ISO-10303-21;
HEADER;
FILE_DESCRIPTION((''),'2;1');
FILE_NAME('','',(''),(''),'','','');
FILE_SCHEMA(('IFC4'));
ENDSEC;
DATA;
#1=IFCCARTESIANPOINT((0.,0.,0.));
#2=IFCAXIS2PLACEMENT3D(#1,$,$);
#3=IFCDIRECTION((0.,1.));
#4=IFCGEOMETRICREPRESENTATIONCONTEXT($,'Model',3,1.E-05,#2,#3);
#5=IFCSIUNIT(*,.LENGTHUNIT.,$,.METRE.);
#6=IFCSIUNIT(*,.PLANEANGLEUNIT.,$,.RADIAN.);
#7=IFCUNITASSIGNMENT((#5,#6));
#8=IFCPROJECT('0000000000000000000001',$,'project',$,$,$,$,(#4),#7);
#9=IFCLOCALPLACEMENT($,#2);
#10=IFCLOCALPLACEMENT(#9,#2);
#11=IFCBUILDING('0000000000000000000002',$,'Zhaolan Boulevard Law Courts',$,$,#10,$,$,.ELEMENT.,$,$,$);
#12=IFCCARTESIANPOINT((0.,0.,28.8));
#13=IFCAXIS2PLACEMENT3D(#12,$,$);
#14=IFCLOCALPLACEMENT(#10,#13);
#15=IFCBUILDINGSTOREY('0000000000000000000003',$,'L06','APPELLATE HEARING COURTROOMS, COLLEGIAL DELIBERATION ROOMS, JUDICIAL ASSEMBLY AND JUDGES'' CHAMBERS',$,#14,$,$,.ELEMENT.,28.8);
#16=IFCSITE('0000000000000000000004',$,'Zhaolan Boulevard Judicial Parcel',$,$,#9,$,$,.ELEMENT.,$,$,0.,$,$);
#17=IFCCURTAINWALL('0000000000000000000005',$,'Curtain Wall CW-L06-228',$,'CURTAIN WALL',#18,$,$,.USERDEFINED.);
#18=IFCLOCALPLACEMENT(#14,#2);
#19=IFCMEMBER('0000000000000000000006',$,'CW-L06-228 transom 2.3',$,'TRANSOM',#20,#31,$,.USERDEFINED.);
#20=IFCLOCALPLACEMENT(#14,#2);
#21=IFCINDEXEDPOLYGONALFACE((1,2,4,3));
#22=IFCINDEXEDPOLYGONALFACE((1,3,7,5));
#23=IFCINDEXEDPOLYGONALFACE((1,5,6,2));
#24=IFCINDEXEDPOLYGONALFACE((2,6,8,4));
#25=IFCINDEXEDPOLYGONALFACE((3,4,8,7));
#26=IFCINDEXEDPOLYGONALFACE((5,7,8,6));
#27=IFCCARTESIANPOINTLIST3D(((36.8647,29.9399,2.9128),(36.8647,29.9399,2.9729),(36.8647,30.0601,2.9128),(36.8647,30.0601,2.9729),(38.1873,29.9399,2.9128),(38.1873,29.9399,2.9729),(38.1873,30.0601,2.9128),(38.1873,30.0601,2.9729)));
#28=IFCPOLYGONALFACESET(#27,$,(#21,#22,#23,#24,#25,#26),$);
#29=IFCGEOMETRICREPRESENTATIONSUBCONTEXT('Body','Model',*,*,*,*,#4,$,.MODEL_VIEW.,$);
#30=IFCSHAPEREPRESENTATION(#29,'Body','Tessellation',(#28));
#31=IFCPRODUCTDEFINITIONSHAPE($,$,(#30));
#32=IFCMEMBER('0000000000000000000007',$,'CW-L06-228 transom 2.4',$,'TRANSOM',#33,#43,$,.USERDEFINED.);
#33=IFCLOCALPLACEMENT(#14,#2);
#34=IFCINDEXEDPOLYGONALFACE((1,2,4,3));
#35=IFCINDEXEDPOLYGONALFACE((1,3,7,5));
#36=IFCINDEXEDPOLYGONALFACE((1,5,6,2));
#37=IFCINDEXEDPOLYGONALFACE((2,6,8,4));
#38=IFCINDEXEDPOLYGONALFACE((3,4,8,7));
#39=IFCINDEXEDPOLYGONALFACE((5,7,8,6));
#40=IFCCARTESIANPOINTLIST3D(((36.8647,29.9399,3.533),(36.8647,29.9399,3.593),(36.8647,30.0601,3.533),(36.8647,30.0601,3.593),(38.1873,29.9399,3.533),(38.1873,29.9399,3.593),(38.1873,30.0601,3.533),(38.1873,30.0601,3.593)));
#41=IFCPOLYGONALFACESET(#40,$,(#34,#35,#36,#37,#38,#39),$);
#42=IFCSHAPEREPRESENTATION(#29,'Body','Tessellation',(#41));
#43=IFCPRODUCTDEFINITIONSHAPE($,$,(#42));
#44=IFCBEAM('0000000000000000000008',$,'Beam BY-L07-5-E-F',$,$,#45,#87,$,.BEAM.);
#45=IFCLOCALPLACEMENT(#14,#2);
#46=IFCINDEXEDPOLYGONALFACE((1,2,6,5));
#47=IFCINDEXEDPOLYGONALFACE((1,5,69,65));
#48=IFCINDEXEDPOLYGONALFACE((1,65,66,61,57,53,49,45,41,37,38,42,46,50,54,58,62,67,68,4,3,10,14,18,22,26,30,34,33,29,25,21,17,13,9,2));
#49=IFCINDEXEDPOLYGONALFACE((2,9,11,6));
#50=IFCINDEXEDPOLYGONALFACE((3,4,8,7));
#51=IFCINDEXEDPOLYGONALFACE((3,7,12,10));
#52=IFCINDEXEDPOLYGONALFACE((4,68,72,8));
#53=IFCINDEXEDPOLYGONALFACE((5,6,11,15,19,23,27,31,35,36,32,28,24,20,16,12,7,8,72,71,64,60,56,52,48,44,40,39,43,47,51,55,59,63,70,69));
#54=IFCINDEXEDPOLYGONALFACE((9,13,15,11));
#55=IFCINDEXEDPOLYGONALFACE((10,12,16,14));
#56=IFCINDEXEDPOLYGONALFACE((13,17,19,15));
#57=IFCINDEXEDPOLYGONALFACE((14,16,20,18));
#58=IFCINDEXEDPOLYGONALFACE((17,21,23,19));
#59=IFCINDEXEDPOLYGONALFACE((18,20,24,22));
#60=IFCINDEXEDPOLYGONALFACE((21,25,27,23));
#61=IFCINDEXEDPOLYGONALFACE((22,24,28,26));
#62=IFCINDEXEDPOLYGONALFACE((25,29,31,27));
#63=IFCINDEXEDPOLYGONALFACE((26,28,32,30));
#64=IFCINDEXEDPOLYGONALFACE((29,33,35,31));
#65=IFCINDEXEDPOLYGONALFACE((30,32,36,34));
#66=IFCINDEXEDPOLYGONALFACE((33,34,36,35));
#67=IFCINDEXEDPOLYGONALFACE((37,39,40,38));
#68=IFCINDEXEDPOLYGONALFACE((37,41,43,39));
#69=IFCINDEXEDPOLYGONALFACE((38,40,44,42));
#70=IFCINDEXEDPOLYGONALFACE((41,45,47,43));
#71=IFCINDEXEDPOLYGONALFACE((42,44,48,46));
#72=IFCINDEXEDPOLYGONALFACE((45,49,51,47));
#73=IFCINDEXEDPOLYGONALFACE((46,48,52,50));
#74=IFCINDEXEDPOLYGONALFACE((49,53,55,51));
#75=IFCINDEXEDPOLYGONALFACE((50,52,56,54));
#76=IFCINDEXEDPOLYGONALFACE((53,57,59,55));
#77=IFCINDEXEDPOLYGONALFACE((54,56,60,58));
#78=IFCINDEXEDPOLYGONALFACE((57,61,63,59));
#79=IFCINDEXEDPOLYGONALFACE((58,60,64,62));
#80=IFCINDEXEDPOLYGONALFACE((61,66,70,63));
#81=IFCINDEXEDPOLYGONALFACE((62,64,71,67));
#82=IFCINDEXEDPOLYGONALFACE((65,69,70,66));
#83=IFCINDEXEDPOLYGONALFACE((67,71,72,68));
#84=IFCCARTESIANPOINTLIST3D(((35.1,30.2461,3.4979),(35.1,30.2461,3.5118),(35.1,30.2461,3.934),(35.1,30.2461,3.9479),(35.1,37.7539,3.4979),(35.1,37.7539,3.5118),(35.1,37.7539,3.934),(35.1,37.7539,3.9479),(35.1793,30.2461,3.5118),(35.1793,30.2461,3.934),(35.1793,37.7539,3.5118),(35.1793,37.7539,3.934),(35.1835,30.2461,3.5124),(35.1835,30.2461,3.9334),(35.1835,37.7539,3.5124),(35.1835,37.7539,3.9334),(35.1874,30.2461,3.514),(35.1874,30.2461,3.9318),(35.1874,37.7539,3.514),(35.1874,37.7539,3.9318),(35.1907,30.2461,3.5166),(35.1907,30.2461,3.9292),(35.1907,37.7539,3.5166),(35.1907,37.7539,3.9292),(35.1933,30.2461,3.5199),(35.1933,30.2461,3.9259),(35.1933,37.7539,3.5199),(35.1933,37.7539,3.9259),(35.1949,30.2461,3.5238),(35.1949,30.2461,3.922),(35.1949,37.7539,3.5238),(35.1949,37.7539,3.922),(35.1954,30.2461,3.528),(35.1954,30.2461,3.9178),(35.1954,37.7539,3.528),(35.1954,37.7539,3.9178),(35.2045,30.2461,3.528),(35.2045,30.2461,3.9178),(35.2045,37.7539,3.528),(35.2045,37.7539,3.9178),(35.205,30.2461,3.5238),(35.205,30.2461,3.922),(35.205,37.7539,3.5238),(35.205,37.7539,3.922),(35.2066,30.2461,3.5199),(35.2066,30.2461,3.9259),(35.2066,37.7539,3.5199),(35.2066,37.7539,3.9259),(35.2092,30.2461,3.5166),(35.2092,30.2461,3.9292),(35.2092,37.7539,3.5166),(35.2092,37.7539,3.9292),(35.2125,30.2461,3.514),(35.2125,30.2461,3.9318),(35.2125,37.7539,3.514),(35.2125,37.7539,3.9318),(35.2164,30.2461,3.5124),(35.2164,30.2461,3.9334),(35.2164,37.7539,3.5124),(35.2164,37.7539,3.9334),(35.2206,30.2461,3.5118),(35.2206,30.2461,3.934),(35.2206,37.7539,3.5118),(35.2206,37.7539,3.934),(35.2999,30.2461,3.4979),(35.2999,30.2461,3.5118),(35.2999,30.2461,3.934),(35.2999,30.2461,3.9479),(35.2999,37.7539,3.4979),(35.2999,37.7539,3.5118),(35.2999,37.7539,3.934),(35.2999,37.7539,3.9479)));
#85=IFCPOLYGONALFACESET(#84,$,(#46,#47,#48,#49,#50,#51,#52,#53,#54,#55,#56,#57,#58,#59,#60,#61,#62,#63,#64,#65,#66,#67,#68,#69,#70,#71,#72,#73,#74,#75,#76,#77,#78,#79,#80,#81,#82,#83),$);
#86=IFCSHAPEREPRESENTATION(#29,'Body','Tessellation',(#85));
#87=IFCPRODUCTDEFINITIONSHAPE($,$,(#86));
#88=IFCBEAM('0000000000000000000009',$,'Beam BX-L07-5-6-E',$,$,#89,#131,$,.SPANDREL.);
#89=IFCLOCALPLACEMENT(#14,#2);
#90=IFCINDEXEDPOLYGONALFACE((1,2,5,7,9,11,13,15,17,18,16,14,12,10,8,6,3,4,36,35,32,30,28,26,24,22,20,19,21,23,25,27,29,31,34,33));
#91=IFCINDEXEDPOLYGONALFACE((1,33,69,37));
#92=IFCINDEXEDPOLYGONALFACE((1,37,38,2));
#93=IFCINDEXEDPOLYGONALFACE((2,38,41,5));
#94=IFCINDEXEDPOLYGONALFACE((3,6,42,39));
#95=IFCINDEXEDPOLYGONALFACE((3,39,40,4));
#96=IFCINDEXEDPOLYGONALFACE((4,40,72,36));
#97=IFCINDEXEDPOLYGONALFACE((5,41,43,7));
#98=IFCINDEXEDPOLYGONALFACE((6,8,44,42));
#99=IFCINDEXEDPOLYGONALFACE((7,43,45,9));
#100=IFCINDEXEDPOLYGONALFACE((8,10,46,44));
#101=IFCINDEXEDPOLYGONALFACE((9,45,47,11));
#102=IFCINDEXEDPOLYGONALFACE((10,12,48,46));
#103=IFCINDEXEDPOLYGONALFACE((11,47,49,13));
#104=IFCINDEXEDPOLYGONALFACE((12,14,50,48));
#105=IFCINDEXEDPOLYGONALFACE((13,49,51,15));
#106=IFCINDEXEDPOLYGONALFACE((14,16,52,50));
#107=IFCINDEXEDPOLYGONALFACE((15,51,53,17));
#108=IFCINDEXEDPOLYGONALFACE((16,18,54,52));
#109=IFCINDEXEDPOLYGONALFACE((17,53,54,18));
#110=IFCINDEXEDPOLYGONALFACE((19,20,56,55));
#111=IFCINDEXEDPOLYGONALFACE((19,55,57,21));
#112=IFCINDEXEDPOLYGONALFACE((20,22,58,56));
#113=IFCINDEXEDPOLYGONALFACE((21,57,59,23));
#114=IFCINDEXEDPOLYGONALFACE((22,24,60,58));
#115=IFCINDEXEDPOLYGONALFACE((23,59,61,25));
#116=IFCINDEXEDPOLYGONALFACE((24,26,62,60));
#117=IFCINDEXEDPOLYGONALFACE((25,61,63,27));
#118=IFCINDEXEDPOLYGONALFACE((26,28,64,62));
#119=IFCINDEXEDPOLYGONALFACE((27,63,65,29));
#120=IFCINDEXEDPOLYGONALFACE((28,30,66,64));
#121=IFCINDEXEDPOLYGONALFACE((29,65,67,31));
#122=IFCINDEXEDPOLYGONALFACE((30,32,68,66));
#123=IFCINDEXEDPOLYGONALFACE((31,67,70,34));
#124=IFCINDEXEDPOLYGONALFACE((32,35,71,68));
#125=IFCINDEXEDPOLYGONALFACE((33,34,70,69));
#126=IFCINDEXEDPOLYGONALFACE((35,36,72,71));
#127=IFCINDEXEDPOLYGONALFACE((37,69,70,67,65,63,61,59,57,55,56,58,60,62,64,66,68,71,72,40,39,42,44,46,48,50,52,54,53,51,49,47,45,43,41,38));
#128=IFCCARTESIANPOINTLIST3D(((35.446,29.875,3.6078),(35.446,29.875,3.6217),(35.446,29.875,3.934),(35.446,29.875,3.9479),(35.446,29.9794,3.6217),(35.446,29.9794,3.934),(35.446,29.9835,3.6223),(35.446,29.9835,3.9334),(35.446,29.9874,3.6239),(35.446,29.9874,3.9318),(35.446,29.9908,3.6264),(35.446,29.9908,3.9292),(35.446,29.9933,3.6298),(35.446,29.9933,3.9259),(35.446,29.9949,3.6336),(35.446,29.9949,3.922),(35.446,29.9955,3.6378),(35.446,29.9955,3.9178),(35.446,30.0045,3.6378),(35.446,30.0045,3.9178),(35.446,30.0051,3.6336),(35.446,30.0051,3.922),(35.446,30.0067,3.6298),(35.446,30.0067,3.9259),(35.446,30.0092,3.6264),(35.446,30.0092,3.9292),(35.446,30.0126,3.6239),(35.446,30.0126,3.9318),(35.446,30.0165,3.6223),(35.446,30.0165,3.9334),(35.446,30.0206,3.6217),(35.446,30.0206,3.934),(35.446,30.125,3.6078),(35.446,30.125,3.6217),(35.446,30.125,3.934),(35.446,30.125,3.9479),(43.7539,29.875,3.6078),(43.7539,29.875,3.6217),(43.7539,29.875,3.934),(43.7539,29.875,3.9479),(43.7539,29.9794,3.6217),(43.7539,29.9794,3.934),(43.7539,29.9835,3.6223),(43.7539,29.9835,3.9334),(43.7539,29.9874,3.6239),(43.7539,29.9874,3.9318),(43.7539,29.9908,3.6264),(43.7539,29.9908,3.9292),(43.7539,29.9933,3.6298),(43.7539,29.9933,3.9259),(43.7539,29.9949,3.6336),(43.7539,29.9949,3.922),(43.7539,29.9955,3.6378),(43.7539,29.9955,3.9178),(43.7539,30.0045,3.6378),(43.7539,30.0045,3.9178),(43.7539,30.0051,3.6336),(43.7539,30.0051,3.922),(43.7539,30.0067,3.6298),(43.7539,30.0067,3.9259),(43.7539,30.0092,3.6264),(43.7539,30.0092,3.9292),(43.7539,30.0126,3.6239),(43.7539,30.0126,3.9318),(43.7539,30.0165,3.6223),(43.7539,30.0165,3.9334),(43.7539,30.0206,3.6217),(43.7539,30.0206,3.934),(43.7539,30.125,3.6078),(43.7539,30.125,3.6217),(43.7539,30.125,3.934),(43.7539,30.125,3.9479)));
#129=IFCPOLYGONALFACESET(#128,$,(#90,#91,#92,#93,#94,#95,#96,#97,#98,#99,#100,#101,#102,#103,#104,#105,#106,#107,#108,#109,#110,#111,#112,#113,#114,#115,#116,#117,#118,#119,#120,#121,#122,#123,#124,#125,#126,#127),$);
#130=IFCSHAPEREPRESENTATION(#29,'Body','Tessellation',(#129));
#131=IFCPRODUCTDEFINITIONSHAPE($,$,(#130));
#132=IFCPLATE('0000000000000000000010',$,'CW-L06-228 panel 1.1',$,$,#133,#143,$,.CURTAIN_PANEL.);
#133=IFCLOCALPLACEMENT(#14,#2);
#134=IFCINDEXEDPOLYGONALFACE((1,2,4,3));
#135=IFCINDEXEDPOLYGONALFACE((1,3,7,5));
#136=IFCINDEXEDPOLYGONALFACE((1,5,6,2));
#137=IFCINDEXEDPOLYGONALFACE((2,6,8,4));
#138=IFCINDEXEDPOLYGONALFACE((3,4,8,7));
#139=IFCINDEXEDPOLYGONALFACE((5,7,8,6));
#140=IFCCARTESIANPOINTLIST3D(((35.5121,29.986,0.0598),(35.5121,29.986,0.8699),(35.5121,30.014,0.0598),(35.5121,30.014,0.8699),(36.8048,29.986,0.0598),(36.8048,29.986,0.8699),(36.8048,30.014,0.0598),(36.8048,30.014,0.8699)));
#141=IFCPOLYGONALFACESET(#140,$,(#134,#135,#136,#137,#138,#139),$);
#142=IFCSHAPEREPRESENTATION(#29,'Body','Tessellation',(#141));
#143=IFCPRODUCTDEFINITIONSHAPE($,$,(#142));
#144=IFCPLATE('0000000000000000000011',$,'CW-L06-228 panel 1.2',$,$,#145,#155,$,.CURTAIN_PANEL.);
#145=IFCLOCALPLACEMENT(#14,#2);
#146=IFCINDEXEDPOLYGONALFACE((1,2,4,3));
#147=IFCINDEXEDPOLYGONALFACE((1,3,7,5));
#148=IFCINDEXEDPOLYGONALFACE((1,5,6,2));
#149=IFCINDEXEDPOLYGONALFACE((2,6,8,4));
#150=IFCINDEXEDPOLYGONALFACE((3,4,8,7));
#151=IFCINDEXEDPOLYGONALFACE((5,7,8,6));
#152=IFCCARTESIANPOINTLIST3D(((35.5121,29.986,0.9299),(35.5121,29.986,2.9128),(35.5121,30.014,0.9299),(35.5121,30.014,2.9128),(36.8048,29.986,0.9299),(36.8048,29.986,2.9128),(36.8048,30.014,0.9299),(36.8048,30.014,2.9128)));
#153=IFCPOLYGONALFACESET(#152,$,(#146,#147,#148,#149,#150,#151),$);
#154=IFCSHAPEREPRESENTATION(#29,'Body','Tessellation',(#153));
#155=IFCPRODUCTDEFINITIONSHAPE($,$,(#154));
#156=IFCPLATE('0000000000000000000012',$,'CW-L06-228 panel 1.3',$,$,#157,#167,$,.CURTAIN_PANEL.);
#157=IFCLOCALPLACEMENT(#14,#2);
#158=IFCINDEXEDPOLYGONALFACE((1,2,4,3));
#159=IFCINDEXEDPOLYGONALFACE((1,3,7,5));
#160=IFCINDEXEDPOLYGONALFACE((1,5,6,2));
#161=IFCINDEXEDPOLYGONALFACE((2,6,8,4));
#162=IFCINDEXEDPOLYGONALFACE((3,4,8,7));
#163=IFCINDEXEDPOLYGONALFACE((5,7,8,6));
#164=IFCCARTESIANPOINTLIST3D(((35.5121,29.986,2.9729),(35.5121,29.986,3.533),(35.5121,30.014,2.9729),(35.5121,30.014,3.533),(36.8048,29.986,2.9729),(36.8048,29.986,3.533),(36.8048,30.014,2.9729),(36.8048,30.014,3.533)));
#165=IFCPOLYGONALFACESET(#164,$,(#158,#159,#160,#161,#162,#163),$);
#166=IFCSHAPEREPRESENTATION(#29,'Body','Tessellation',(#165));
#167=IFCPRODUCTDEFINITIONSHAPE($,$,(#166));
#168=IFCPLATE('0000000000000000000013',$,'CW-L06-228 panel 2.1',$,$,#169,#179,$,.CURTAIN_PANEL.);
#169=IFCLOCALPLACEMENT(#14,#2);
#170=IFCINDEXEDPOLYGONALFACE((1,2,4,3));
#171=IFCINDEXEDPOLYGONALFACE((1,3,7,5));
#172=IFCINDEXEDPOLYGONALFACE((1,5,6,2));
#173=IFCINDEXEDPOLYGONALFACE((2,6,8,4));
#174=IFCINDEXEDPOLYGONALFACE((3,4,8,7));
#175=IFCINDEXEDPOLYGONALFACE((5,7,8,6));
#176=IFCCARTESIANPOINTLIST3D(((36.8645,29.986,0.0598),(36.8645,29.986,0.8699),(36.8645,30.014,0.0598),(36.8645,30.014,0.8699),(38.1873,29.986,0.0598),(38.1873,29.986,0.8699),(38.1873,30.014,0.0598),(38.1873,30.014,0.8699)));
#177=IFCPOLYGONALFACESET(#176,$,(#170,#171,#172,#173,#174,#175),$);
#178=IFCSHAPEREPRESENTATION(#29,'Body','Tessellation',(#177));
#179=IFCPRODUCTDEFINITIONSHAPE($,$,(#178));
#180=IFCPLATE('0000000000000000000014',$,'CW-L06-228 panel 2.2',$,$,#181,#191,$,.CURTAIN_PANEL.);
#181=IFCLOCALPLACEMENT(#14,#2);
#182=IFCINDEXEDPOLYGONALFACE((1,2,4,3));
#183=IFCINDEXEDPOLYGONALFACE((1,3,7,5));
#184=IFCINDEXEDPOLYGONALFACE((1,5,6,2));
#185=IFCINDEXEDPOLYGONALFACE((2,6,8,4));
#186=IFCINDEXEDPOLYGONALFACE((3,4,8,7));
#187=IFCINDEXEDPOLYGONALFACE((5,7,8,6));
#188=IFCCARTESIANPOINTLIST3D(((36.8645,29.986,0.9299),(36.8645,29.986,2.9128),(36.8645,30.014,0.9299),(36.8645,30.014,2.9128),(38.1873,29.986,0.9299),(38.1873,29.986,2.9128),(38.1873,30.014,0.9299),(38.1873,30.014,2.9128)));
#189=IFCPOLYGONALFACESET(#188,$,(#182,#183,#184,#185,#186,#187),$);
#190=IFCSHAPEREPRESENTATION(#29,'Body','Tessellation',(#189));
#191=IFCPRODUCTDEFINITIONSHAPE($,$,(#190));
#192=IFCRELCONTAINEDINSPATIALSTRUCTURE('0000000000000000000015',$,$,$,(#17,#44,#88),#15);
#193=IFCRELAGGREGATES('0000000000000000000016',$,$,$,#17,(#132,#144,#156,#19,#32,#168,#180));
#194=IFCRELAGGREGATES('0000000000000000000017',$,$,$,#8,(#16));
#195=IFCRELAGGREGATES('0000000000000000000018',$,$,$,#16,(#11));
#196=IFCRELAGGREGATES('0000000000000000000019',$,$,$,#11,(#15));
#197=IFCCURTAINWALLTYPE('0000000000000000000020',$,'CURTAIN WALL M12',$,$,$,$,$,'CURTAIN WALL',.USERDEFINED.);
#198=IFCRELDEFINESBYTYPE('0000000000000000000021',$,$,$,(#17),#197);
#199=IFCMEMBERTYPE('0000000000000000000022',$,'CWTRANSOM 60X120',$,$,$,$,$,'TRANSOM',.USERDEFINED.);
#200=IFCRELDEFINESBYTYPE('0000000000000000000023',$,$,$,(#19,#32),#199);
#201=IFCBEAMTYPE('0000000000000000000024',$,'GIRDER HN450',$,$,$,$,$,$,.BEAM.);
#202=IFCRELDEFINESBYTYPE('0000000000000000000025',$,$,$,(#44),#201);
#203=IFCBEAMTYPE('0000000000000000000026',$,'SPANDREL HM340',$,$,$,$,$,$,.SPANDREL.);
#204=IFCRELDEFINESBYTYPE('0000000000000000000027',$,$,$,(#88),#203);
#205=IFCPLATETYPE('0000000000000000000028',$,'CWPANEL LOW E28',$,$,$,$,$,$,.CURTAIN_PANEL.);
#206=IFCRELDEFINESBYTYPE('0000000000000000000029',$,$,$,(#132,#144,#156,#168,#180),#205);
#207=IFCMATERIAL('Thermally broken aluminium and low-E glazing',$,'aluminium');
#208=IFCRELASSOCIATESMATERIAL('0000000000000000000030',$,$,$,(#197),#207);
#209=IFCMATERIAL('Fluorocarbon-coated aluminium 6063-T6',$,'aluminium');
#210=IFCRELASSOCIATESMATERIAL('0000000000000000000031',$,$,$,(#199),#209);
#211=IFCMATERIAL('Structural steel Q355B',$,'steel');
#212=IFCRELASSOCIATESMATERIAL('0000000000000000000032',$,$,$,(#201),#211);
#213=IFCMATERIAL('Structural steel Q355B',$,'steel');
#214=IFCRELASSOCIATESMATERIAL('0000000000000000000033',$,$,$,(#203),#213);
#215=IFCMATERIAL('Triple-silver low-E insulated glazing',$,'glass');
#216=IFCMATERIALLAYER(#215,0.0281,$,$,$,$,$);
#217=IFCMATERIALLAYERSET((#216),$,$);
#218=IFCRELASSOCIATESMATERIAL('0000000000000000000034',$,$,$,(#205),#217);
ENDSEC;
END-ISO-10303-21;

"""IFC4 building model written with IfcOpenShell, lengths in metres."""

from ifc_helpers import new_model, si_unit, direction, frame, origin, origin_2d, place, context, subcontext, project, spatial, rectangle, i_section, extrude, material, layer, layer_set, material_profile, profile_set, type_object, element, aggregate, save


model = new_model("IFC4")

# Units and contexts
model_context = context("Model", 3, precision=1e-05, world=origin(), true_north=direction((0.0, 1.0)))
body_context = subcontext(model_context, "Body", "Model", "MODEL_VIEW")
ifc_project = project(units=[si_unit("LENGTHUNIT", "METRE"), si_unit("PLANEANGLEUNIT", "RADIAN")], contexts=[model_context])

# Site, building, storey
site_placement = place(None, origin())
site = spatial("IfcSite", under=ifc_project, at=site_placement, Name="Zhaolan Boulevard Judicial Parcel", CompositionType="ELEMENT", RefElevation=0.0)
building_placement = place(site_placement, origin())
building = spatial("IfcBuilding", under=site, at=building_placement, Name="Zhaolan Boulevard Law Courts", CompositionType="ELEMENT")
storey_placement = place(building_placement, frame((0.0, 0.0, 28.8)))
storey = spatial("IfcBuildingStorey", under=building, at=storey_placement, Name="L06", Description="APPELLATE HEARING COURTROOMS, COLLEGIAL DELIBERATION ROOMS, JUDICIAL ASSEMBLY AND JUDGES' CHAMBERS", CompositionType="ELEMENT", Elevation=28.8)

# Curtain wall, members
ifc_material_1 = material(Name="Thermally broken aluminium and low-E glazing", Category="aluminium")
curtain_wall_type_1 = type_object("IfcCurtainWallType", Name="CURTAIN WALL M12", ElementType="CURTAIN WALL", PredefinedType="USERDEFINED", material=ifc_material_1)
curtain_wall_1_placement = place(storey_placement, origin())
curtain_wall_1 = element("IfcCurtainWall", 1, at=curtain_wall_1_placement, inside=storey, type_object=curtain_wall_type_1, Name="Curtain Wall CW-L06-228", ObjectType="CURTAIN WALL", PredefinedType="USERDEFINED")
ifc_material_2 = material(Name="Fluorocarbon-coated aluminium 6063-T6", Category="aluminium")
ifc_material_profile_1 = material_profile(ifc_material_2, rectangle(XDim=0.1201, YDim=0.0601, at=origin_2d()), Name="AL60x120")
ifc_profile_set_1 = profile_set([ifc_material_profile_1], Name="Fluorocarbon-coated aluminium 6063-T6")
member_type_1 = type_object("IfcMemberType", Name="CWTRANSOM 60X120", ElementType="TRANSOM", PredefinedType="USERDEFINED", material=ifc_profile_set_1)
member_1_placement = place(storey_placement, frame((36.8647, 30.0, 2.9429), z_axis=(1.0, 0.0, 0.0), x_axis=(0.0, 1.0, 0.0)))
member_1 = element("IfcMember", 2, at=member_1_placement, type_object=member_type_1, Name="CW-L06-228 transom 2.3", ObjectType="TRANSOM", PredefinedType="USERDEFINED", context=body_context, shape_type="SweptSolid", body=[
    extrude(rectangle(XDim=0.1201, YDim=0.0601, at=origin_2d()), origin(), (0.0, 0.0, 1.0), 1.3225),
])
member_2_placement = place(storey_placement, frame((36.8647, 30.0, 3.563), z_axis=(1.0, 0.0, 0.0), x_axis=(0.0, 1.0, 0.0)))
member_2 = element("IfcMember", 3, at=member_2_placement, type_object=member_type_1, Name="CW-L06-228 transom 2.4", ObjectType="TRANSOM", PredefinedType="USERDEFINED", context=body_context, shape_type="SweptSolid", body=[
    extrude(rectangle(XDim=0.1201, YDim=0.0601, at=origin_2d()), origin(), (0.0, 0.0, 1.0), 1.3225),
])

# Beams
ifc_material_3 = material(Name="Structural steel Q355B", Category="steel")
ifc_material_profile_2 = material_profile(ifc_material_3, i_section(OverallWidth=0.2, OverallDepth=0.45, WebThickness=0.009, FlangeThickness=0.0139, FilletRadius=0.0161, at=origin_2d()), Name="HN450x200")
ifc_profile_set_2 = profile_set([ifc_material_profile_2], Name="Structural steel Q355B")
beam_type_1 = type_object("IfcBeamType", Name="GIRDER HN450", PredefinedType="BEAM", material=ifc_profile_set_2)
beam_1_placement = place(storey_placement, frame((35.2, 30.2461, 3.7229), z_axis=(0.0, 1.0, 0.0), x_axis=(-1.0, 0.0, 0.0)))
element("IfcBeam", 4, at=beam_1_placement, inside=storey, type_object=beam_type_1, Name="Beam BY-L07-5-E-F", PredefinedType="BEAM", context=body_context, shape_type="SweptSolid", body=[
    extrude(i_section(OverallWidth=0.2, OverallDepth=0.45, WebThickness=0.009, FlangeThickness=0.0139, FilletRadius=0.0161, at=origin_2d()), origin(), (0.0, 0.0, 1.0), 7.5078),
])
ifc_material_4 = material(Name="Structural steel Q355B", Category="steel")
ifc_material_profile_3 = material_profile(ifc_material_4, i_section(OverallWidth=0.25, OverallDepth=0.3401, WebThickness=0.009, FlangeThickness=0.0139, FilletRadius=0.0161, at=origin_2d()), Name="HM340x250")
ifc_profile_set_3 = profile_set([ifc_material_profile_3], Name="Structural steel Q355B")
beam_type_2 = type_object("IfcBeamType", Name="SPANDREL HM340", PredefinedType="SPANDREL", material=ifc_profile_set_3)
beam_2_placement = place(storey_placement, frame((35.446, 30.0, 3.7778), z_axis=(1.0, 0.0, 0.0), x_axis=(0.0, 1.0, 0.0)))
element("IfcBeam", 5, at=beam_2_placement, inside=storey, type_object=beam_type_2, Name="Beam BX-L07-5-6-E", PredefinedType="SPANDREL", context=body_context, shape_type="SweptSolid", body=[
    extrude(i_section(OverallWidth=0.25, OverallDepth=0.3401, WebThickness=0.009, FlangeThickness=0.0139, FilletRadius=0.0161, at=origin_2d()), origin(), (0.0, 0.0, 1.0), 8.3079),
])

# Plates
ifc_material_5 = material(Name="Triple-silver low-E insulated glazing", Category="glass")
ifc_layer_1 = layer(ifc_material_5, 0.0281)
ifc_layer_set_1 = layer_set([ifc_layer_1])
plate_type_1 = type_object("IfcPlateType", Name="CWPANEL LOW E28", PredefinedType="CURTAIN_PANEL", material=ifc_layer_set_1)
plate_1_placement = place(storey_placement, frame((36.1584, 30.0, 0.0598), z_axis=(0.0, 0.0, 1.0), x_axis=(1.0, 0.0, 0.0)))
plate_1 = element("IfcPlate", 6, at=plate_1_placement, type_object=plate_type_1, Name="CW-L06-228 panel 1.1", PredefinedType="CURTAIN_PANEL", context=body_context, shape_type="SweptSolid", body=[
    extrude(rectangle(XDim=1.2927, YDim=0.0281, at=origin_2d()), origin(), (0.0, 0.0, 1.0), 0.8101),
])
plate_2_placement = place(storey_placement, frame((36.1584, 30.0, 0.9299), z_axis=(0.0, 0.0, 1.0), x_axis=(1.0, 0.0, 0.0)))
plate_2 = element("IfcPlate", 7, at=plate_2_placement, type_object=plate_type_1, Name="CW-L06-228 panel 1.2", PredefinedType="CURTAIN_PANEL", context=body_context, shape_type="SweptSolid", body=[
    extrude(rectangle(XDim=1.2927, YDim=0.0281, at=origin_2d()), origin(), (0.0, 0.0, 1.0), 1.9829),
])
plate_3_placement = place(storey_placement, frame((36.1584, 30.0, 2.9729), z_axis=(0.0, 0.0, 1.0), x_axis=(1.0, 0.0, 0.0)))
plate_3 = element("IfcPlate", 8, at=plate_3_placement, type_object=plate_type_1, Name="CW-L06-228 panel 1.3", PredefinedType="CURTAIN_PANEL", context=body_context, shape_type="SweptSolid", body=[
    extrude(rectangle(XDim=1.2927, YDim=0.0281, at=origin_2d()), origin(), (0.0, 0.0, 1.0), 0.5601),
])
plate_4_placement = place(storey_placement, frame((37.5259, 30.0, 0.0598), z_axis=(0.0, 0.0, 1.0), x_axis=(1.0, 0.0, 0.0)))
plate_4 = element("IfcPlate", 9, at=plate_4_placement, type_object=plate_type_1, Name="CW-L06-228 panel 2.1", PredefinedType="CURTAIN_PANEL", context=body_context, shape_type="SweptSolid", body=[
    extrude(rectangle(XDim=1.3228, YDim=0.0281, at=origin_2d()), origin(), (0.0, 0.0, 1.0), 0.8101),
])
plate_5_placement = place(storey_placement, frame((37.5259, 30.0, 0.9299), z_axis=(0.0, 0.0, 1.0), x_axis=(1.0, 0.0, 0.0)))
plate_5 = element("IfcPlate", 10, at=plate_5_placement, type_object=plate_type_1, Name="CW-L06-228 panel 2.2", PredefinedType="CURTAIN_PANEL", context=body_context, shape_type="SweptSolid", body=[
    extrude(rectangle(XDim=1.3228, YDim=0.0281, at=origin_2d()), origin(), (0.0, 0.0, 1.0), 1.9829),
])
aggregate(curtain_wall_1, [plate_1, plate_2, plate_3, member_1, member_2, plate_4, plate_5])

save(model, "model.ifc")
